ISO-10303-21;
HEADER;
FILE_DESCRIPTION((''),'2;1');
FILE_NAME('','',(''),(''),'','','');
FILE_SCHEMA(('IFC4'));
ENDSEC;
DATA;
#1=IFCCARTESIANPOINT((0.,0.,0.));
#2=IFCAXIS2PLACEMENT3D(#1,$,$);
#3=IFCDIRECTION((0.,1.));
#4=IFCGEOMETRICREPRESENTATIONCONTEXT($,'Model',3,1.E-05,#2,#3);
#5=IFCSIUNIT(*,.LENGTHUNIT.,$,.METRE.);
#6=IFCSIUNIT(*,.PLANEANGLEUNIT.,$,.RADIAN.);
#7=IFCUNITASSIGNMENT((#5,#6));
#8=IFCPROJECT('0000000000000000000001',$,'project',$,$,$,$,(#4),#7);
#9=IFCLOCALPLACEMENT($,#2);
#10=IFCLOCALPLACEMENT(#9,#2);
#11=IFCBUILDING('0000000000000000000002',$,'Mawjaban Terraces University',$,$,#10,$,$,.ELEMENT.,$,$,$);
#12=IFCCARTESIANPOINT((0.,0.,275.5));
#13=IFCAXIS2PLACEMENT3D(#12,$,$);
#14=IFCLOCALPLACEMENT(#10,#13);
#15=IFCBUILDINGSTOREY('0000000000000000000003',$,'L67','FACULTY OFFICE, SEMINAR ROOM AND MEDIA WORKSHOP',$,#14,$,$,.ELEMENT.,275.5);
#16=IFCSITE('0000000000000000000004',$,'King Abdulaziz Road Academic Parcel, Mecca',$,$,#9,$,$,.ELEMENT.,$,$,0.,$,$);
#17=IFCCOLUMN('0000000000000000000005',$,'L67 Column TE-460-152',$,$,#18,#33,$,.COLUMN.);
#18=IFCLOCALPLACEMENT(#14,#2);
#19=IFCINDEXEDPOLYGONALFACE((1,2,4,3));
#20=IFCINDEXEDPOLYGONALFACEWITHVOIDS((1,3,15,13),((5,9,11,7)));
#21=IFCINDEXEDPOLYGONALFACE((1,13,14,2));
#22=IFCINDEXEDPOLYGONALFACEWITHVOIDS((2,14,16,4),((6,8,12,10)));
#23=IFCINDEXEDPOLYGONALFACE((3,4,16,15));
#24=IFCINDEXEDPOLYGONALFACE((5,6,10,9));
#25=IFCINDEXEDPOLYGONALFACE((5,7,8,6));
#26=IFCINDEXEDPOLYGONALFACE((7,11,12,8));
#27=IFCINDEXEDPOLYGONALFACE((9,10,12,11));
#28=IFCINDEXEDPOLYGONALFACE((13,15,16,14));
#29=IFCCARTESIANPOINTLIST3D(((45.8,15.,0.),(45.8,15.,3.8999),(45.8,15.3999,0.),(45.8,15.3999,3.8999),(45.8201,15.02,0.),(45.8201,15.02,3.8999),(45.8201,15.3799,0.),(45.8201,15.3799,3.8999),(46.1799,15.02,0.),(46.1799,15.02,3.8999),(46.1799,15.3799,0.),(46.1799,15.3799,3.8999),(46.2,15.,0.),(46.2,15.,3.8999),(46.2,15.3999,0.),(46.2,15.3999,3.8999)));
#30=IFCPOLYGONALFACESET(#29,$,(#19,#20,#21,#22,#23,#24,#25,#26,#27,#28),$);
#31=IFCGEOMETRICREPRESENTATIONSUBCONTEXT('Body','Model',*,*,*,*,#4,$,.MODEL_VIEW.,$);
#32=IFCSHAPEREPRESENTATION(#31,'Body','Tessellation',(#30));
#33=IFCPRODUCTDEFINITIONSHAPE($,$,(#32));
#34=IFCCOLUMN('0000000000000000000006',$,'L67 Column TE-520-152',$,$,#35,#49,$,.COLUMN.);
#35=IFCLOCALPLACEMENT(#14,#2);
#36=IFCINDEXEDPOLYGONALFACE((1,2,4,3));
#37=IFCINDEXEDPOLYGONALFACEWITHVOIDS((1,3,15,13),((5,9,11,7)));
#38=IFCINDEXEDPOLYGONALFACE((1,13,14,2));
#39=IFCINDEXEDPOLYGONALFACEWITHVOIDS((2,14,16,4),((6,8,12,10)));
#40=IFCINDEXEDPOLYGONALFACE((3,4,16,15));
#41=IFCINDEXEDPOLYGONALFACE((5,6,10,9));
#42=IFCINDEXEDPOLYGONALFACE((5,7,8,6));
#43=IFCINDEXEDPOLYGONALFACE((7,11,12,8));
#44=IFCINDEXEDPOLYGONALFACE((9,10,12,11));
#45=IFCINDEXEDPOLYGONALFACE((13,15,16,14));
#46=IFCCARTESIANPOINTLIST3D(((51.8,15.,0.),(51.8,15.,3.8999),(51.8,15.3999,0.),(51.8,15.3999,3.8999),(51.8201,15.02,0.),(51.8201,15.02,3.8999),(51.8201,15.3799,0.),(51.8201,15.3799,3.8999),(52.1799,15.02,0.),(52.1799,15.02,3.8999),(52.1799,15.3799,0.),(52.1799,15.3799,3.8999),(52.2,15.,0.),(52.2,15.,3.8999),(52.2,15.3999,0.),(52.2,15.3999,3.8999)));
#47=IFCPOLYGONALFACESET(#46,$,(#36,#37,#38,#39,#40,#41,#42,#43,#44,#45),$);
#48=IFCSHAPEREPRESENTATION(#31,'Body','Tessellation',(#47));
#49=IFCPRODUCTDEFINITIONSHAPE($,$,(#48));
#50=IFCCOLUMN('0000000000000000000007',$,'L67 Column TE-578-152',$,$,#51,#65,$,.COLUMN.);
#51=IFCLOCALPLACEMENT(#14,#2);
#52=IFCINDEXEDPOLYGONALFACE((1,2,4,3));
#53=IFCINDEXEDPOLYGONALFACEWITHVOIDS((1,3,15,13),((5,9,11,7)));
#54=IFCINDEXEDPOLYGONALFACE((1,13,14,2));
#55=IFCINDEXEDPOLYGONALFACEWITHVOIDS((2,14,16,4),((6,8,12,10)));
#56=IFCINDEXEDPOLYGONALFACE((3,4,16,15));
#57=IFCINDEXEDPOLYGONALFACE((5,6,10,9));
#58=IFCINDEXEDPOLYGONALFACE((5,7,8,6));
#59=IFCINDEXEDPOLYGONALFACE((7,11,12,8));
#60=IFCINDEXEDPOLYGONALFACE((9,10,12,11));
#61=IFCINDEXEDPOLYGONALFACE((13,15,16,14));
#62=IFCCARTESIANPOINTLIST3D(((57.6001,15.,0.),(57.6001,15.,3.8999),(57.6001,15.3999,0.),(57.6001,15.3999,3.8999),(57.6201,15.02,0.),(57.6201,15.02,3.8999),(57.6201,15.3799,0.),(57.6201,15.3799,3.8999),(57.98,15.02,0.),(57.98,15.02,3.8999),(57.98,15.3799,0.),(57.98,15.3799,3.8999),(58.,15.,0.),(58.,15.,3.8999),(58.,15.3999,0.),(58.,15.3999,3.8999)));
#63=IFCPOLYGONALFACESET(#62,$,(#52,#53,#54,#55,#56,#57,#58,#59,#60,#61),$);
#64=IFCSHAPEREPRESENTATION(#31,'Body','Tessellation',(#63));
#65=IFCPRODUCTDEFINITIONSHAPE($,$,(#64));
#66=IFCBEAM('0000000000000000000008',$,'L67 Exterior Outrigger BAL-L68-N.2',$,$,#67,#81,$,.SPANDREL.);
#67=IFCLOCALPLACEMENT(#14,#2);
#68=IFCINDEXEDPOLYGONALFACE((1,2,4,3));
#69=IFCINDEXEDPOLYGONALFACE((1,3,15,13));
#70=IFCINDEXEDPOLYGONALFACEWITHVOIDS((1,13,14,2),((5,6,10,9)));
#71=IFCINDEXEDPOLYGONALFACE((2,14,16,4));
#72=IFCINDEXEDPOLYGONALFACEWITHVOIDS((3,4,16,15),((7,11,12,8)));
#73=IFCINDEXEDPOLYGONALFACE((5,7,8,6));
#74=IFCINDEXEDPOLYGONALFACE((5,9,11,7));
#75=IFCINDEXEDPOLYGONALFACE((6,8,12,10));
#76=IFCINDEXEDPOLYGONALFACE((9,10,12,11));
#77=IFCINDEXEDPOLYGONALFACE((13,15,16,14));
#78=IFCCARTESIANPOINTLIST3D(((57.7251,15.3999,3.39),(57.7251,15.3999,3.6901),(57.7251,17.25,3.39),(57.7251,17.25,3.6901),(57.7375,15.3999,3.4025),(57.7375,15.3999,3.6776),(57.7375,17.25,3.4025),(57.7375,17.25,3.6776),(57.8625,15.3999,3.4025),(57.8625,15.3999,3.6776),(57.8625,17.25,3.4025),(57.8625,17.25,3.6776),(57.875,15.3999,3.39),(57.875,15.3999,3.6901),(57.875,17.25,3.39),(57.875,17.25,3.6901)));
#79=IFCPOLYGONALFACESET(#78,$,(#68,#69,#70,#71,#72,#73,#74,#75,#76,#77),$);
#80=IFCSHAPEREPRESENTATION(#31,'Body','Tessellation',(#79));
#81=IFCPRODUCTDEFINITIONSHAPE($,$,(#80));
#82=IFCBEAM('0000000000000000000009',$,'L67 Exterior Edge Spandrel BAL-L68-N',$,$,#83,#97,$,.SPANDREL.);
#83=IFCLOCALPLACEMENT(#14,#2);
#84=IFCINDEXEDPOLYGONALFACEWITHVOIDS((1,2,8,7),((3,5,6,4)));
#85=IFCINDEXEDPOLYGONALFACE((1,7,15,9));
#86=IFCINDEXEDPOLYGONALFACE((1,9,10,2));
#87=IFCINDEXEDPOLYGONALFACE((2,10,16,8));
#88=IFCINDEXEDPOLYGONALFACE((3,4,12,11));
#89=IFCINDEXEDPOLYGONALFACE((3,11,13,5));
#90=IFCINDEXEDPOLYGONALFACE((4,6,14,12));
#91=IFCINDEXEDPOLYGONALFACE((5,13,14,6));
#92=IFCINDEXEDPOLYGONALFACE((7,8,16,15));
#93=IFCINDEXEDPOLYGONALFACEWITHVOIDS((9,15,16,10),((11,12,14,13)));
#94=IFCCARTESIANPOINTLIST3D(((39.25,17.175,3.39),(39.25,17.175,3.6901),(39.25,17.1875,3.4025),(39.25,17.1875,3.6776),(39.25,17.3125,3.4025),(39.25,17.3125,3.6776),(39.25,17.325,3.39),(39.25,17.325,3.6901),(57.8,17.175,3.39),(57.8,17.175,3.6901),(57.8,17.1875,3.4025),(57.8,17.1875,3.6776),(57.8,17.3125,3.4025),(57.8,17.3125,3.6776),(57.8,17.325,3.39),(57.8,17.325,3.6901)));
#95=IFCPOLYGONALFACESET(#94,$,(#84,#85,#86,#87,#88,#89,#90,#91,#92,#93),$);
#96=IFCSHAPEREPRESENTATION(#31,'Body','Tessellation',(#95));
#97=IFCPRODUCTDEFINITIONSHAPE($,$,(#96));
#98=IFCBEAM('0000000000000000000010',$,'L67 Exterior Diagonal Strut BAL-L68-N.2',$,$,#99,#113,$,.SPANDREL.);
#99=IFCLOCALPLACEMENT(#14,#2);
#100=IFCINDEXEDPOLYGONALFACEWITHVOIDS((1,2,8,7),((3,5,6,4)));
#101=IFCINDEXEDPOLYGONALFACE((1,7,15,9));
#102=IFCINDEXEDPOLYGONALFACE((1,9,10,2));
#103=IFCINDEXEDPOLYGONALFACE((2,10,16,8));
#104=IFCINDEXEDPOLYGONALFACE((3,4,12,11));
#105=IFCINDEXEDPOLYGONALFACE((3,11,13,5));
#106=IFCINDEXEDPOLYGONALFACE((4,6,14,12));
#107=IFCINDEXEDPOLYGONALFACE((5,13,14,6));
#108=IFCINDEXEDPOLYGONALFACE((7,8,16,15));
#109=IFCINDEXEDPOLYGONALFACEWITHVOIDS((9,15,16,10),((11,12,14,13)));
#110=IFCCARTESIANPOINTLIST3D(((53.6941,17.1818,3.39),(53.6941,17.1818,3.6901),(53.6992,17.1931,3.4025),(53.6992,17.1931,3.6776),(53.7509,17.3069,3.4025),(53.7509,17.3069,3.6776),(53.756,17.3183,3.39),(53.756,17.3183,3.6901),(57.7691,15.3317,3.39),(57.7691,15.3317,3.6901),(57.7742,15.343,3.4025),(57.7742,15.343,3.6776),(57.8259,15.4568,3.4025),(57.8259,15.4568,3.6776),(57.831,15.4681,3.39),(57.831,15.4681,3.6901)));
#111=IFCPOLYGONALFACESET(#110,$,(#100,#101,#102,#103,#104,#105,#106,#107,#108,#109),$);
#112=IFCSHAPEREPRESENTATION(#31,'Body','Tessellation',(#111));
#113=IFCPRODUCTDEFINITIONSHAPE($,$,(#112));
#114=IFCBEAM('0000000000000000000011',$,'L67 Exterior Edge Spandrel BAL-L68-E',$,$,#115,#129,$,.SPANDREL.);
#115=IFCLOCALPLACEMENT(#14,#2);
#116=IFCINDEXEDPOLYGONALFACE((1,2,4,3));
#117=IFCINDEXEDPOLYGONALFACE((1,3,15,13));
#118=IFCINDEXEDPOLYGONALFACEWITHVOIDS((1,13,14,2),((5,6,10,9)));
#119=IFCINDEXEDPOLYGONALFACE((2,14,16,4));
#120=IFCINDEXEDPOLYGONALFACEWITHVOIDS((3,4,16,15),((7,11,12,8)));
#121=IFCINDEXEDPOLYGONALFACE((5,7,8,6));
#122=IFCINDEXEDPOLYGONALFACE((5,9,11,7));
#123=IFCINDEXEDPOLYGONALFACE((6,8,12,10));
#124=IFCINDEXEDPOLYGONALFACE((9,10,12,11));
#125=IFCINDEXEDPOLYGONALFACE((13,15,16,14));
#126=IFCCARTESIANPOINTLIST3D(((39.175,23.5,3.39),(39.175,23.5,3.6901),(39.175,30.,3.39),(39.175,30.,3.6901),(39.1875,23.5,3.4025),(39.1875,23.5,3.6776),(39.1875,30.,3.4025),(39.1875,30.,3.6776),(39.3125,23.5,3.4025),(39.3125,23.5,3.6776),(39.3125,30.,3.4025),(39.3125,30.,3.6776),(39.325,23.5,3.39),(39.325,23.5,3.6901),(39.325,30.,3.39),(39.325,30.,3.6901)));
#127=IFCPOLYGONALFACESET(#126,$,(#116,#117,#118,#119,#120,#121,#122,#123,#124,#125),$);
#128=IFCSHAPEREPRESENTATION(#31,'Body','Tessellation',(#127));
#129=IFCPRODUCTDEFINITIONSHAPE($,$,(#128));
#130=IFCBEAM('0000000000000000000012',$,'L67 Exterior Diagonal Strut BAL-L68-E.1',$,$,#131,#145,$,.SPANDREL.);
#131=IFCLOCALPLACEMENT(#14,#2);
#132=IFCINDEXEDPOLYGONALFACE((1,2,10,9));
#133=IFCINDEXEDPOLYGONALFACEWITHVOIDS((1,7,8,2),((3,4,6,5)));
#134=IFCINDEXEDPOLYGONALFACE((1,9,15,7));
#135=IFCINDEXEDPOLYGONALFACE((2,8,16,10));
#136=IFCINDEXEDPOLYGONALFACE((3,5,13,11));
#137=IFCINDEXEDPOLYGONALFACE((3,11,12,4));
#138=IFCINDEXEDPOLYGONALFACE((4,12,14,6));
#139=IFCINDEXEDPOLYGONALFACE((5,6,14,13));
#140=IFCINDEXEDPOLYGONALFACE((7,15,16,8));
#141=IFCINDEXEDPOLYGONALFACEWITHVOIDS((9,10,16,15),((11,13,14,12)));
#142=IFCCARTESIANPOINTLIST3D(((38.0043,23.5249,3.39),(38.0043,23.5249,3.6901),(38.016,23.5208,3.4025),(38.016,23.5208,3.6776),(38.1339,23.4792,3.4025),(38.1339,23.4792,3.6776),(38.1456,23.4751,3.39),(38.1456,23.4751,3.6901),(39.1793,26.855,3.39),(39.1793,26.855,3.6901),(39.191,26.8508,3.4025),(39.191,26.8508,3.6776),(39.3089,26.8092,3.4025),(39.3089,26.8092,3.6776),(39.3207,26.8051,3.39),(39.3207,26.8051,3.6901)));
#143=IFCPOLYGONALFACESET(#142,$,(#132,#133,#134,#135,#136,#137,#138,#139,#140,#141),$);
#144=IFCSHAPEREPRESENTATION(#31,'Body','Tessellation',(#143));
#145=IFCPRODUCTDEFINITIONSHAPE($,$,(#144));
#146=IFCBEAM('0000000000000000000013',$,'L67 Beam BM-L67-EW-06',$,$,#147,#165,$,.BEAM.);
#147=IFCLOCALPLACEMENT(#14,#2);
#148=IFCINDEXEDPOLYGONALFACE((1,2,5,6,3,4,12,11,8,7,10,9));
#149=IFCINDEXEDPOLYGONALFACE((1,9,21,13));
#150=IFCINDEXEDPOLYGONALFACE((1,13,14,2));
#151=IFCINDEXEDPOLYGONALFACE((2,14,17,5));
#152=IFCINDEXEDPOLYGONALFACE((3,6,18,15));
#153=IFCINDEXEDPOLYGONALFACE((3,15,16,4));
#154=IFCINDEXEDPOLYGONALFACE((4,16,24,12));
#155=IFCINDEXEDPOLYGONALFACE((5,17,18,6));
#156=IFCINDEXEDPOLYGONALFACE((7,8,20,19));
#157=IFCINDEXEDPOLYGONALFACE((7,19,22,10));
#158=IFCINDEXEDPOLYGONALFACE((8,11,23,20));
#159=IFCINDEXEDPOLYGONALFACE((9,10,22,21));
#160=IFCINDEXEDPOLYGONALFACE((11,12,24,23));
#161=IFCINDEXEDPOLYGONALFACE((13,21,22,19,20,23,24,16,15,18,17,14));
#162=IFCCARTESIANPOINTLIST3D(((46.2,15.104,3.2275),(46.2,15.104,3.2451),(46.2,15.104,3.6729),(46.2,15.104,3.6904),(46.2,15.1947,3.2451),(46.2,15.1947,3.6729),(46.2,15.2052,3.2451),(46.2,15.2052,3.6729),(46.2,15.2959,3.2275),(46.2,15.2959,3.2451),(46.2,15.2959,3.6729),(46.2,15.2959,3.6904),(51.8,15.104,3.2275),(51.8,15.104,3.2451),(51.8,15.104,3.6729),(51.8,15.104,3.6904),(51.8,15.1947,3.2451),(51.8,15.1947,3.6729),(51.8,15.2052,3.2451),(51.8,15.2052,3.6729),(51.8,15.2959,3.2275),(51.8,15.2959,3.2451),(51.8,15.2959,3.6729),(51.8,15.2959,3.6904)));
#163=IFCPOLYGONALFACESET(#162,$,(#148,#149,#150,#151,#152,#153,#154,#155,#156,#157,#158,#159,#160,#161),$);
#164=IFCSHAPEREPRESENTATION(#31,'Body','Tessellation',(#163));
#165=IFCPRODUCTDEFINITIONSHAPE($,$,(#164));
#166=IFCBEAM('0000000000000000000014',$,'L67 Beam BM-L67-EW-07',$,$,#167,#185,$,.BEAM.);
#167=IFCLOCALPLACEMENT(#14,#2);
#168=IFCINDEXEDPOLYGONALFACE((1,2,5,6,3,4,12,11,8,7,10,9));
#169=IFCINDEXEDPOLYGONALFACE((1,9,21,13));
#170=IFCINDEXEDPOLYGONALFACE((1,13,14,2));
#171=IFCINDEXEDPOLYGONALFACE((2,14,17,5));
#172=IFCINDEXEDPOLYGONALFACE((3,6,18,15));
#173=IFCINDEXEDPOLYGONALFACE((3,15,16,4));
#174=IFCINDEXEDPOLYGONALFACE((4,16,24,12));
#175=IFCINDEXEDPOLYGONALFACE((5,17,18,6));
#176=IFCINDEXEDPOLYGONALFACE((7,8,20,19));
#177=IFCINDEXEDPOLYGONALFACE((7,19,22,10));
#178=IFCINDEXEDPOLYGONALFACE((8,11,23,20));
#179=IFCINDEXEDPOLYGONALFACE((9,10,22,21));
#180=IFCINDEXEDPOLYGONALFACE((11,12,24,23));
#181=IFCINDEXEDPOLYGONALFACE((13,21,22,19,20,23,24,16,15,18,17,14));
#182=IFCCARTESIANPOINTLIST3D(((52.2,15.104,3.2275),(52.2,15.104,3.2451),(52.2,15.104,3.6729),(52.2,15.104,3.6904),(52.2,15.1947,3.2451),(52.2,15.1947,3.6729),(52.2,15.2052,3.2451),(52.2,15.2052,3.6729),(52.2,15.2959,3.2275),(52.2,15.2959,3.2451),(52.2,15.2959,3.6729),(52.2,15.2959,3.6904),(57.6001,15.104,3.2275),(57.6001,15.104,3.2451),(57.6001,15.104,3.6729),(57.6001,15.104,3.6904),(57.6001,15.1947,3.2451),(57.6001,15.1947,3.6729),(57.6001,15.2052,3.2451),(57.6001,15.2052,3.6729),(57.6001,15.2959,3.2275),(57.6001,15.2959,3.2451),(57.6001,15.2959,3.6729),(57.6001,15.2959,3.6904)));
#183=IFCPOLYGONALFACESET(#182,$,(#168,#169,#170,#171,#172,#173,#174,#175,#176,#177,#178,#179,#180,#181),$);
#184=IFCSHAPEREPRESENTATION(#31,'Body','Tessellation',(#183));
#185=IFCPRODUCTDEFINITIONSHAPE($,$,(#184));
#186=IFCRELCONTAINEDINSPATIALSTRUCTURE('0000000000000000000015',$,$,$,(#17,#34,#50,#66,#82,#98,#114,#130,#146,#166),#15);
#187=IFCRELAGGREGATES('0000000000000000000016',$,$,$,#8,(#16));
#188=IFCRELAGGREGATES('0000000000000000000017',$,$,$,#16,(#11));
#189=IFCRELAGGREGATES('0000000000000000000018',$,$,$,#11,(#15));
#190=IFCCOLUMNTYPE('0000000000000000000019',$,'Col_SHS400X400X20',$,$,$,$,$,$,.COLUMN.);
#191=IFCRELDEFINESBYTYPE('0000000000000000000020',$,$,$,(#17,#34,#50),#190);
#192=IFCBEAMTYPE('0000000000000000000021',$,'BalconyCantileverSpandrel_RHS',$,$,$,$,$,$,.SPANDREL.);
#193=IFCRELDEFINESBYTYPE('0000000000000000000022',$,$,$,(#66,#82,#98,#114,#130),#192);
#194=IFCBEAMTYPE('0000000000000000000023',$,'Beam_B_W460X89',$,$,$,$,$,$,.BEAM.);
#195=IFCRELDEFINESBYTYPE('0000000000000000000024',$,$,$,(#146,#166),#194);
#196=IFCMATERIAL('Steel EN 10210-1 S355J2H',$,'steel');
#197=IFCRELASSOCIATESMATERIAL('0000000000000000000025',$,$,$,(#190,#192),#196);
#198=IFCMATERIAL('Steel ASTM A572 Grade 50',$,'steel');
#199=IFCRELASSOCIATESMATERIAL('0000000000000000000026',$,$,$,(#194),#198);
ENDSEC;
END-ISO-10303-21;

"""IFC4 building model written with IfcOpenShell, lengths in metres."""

from ifc_helpers import new_model, si_unit, direction, frame, origin, origin_2d, place, context, subcontext, project, spatial, hollow_rectangle, i_section, extrude, material, material_profile, profile_set, type_object, element, save


model = new_model("IFC4")

# Units and contexts
model_context = context("Model", 3, precision=1e-05, world=origin(), true_north=direction((0.0, 1.0)))
body_context = subcontext(model_context, "Body", "Model", "MODEL_VIEW")
ifc_project = project(units=[si_unit("LENGTHUNIT", "METRE"), si_unit("PLANEANGLEUNIT", "RADIAN")], contexts=[model_context])

# Site, building, storey
site_placement = place(None, origin())
site = spatial("IfcSite", under=ifc_project, at=site_placement, Name="King Abdulaziz Road Academic Parcel, Mecca", CompositionType="ELEMENT", RefElevation=0.0)
building_placement = place(site_placement, origin())
building = spatial("IfcBuilding", under=site, at=building_placement, Name="Mawjaban Terraces University", CompositionType="ELEMENT")
storey_placement = place(building_placement, frame((0.0, 0.0, 275.5)))
storey = spatial("IfcBuildingStorey", under=building, at=storey_placement, Name="L67", Description="FACULTY OFFICE, SEMINAR ROOM AND MEDIA WORKSHOP", CompositionType="ELEMENT", Elevation=275.5)

# Columns
ifc_material_1 = material(Name="Steel EN 10210-1 S355J2H", Category="steel")
ifc_material_profile_1 = material_profile(ifc_material_1, hollow_rectangle(XDim=0.3999, YDim=0.3999, WallThickness=0.02, at=origin_2d()), Name="SHS400X400X20")
ifc_profile_set_1 = profile_set([ifc_material_profile_1], Name="Steel EN 10210-1 S355J2H")
column_type = type_object("IfcColumnType", Name="Col_SHS400X400X20", PredefinedType="COLUMN", material=ifc_profile_set_1)
for number, where, z_axis, x_axis, name in (
    (1, (46.0, 15.2, 0.0), (0.0, 0.0, 1.0), (1.0, 0.0, 0.0), "L67 Column TE-460-152"),
    (2, (52.0, 15.2, 0.0), (0.0, 0.0, 1.0), (1.0, 0.0, 0.0), "L67 Column TE-520-152"),
    (3, (57.8, 15.2, 0.0), (0.0, 0.0, 1.0), (1.0, 0.0, 0.0), "L67 Column TE-578-152"),
):
    element("IfcColumn", number, at=place(storey_placement, frame(where, z_axis=z_axis, x_axis=x_axis)), inside=storey, type_object=column_type, Name=name, PredefinedType="COLUMN", context=body_context, shape_type="SweptSolid", body=[
        extrude(hollow_rectangle(XDim=0.3999, YDim=0.3999, WallThickness=0.02, at=origin_2d()), origin(), (0.0, 0.0, 1.0), 3.8999),
    ])

# Beams
ifc_material_profile_2 = material_profile(ifc_material_1, hollow_rectangle(XDim=0.1499, YDim=0.3, WallThickness=0.0125, at=origin_2d()), Name="RHS300X150X12.5")
ifc_profile_set_2 = profile_set([ifc_material_profile_2], Name="Steel EN 10210-1 S355J2H")
beam_type_1 = type_object("IfcBeamType", Name="BalconyCantileverSpandrel_RHS", PredefinedType="SPANDREL", material=ifc_profile_set_2)
beam_1_placement = place(storey_placement, frame((57.8, 15.3999, 3.54), z_axis=(0.0, 1.0, 0.0), x_axis=(-1.0, 0.0, 0.0)))
element("IfcBeam", 4, at=beam_1_placement, inside=storey, type_object=beam_type_1, Name="L67 Exterior Outrigger BAL-L68-N.2", PredefinedType="SPANDREL", context=body_context, shape_type="SweptSolid", body=[
    extrude(hollow_rectangle(XDim=0.1499, YDim=0.3, WallThickness=0.0125, at=origin_2d()), origin(), (0.0, 0.0, 1.0), 1.8501),
])
beam_2_placement = place(storey_placement, frame((39.25, 17.25, 3.54), z_axis=(1.0, 0.0, 0.0), x_axis=(0.0, 1.0, 0.0)))
element("IfcBeam", 5, at=beam_2_placement, inside=storey, type_object=beam_type_1, Name="L67 Exterior Edge Spandrel BAL-L68-N", PredefinedType="SPANDREL", context=body_context, shape_type="SweptSolid", body=[
    extrude(hollow_rectangle(XDim=0.1499, YDim=0.3, WallThickness=0.0125, at=origin_2d()), origin(), (0.0, 0.0, 1.0), 18.55),
])
beam_3_placement = place(storey_placement, frame((57.8, 15.3999, 3.54), z_axis=(-0.910548, 0.413404, 0.0), x_axis=(-0.413404, -0.910548, 0.0)))
element("IfcBeam", 6, at=beam_3_placement, inside=storey, type_object=beam_type_1, Name="L67 Exterior Diagonal Strut BAL-L68-N.2", PredefinedType="SPANDREL", context=body_context, shape_type="SweptSolid", body=[
    extrude(hollow_rectangle(XDim=0.1499, YDim=0.3, WallThickness=0.0125, at=origin_2d()), origin(), (0.0, 0.0, 1.0), 4.4753),
])
beam_4_placement = place(storey_placement, frame((39.25, 23.5, 3.54), z_axis=(0.0, 1.0, 0.0), x_axis=(-1.0, 0.0, 0.0)))
element("IfcBeam", 7, at=beam_4_placement, inside=storey, type_object=beam_type_1, Name="L67 Exterior Edge Spandrel BAL-L68-E", PredefinedType="SPANDREL", context=body_context, shape_type="SweptSolid", body=[
    extrude(hollow_rectangle(XDim=0.1499, YDim=0.3, WallThickness=0.0125, at=origin_2d()), origin(), (0.0, 0.0, 1.0), 6.5),
])
beam_5_placement = place(storey_placement, frame((38.075, 23.5, 3.54), z_axis=(0.332751, 0.943015, 0.0), x_axis=(-0.943015, 0.332751, 0.0)))
element("IfcBeam", 8, at=beam_5_placement, inside=storey, type_object=beam_type_1, Name="L67 Exterior Diagonal Strut BAL-L68-E.1", PredefinedType="SPANDREL", context=body_context, shape_type="SweptSolid", body=[
    extrude(hollow_rectangle(XDim=0.1499, YDim=0.3, WallThickness=0.0125, at=origin_2d()), origin(), (0.0, 0.0, 1.0), 3.5312),
])
ifc_material_2 = material(Name="Steel ASTM A572 Grade 50", Category="steel")
ifc_material_profile_3 = material_profile(ifc_material_2, i_section(OverallWidth=0.1919, OverallDepth=0.4629, WebThickness=0.0105, FlangeThickness=0.0176, at=origin_2d()), Name="W460X89")
ifc_profile_set_3 = profile_set([ifc_material_profile_3], Name="Steel ASTM A572 Grade 50")
beam_type_2 = type_object("IfcBeamType", Name="Beam_B_W460X89", PredefinedType="BEAM", material=ifc_profile_set_3)
beam_6_placement = place(storey_placement, frame((46.2, 15.2, 3.459), z_axis=(1.0, 0.0, 0.0), x_axis=(0.0, 1.0, 0.0)))
element("IfcBeam", 9, at=beam_6_placement, inside=storey, type_object=beam_type_2, Name="L67 Beam BM-L67-EW-06", PredefinedType="BEAM", context=body_context, shape_type="SweptSolid", body=[
    extrude(i_section(OverallWidth=0.1919, OverallDepth=0.4629, WebThickness=0.0105, FlangeThickness=0.0176, at=origin_2d()), origin(), (0.0, 0.0, 1.0), 5.6001),
])
beam_7_placement = place(storey_placement, frame((52.2, 15.2, 3.459), z_axis=(1.0, 0.0, 0.0), x_axis=(0.0, 1.0, 0.0)))
element("IfcBeam", 10, at=beam_7_placement, inside=storey, type_object=beam_type_2, Name="L67 Beam BM-L67-EW-07", PredefinedType="BEAM", context=body_context, shape_type="SweptSolid", body=[
    extrude(i_section(OverallWidth=0.1919, OverallDepth=0.4629, WebThickness=0.0105, FlangeThickness=0.0176, at=origin_2d()), origin(), (0.0, 0.0, 1.0), 5.4001),
])

save(model, "model.ifc")
